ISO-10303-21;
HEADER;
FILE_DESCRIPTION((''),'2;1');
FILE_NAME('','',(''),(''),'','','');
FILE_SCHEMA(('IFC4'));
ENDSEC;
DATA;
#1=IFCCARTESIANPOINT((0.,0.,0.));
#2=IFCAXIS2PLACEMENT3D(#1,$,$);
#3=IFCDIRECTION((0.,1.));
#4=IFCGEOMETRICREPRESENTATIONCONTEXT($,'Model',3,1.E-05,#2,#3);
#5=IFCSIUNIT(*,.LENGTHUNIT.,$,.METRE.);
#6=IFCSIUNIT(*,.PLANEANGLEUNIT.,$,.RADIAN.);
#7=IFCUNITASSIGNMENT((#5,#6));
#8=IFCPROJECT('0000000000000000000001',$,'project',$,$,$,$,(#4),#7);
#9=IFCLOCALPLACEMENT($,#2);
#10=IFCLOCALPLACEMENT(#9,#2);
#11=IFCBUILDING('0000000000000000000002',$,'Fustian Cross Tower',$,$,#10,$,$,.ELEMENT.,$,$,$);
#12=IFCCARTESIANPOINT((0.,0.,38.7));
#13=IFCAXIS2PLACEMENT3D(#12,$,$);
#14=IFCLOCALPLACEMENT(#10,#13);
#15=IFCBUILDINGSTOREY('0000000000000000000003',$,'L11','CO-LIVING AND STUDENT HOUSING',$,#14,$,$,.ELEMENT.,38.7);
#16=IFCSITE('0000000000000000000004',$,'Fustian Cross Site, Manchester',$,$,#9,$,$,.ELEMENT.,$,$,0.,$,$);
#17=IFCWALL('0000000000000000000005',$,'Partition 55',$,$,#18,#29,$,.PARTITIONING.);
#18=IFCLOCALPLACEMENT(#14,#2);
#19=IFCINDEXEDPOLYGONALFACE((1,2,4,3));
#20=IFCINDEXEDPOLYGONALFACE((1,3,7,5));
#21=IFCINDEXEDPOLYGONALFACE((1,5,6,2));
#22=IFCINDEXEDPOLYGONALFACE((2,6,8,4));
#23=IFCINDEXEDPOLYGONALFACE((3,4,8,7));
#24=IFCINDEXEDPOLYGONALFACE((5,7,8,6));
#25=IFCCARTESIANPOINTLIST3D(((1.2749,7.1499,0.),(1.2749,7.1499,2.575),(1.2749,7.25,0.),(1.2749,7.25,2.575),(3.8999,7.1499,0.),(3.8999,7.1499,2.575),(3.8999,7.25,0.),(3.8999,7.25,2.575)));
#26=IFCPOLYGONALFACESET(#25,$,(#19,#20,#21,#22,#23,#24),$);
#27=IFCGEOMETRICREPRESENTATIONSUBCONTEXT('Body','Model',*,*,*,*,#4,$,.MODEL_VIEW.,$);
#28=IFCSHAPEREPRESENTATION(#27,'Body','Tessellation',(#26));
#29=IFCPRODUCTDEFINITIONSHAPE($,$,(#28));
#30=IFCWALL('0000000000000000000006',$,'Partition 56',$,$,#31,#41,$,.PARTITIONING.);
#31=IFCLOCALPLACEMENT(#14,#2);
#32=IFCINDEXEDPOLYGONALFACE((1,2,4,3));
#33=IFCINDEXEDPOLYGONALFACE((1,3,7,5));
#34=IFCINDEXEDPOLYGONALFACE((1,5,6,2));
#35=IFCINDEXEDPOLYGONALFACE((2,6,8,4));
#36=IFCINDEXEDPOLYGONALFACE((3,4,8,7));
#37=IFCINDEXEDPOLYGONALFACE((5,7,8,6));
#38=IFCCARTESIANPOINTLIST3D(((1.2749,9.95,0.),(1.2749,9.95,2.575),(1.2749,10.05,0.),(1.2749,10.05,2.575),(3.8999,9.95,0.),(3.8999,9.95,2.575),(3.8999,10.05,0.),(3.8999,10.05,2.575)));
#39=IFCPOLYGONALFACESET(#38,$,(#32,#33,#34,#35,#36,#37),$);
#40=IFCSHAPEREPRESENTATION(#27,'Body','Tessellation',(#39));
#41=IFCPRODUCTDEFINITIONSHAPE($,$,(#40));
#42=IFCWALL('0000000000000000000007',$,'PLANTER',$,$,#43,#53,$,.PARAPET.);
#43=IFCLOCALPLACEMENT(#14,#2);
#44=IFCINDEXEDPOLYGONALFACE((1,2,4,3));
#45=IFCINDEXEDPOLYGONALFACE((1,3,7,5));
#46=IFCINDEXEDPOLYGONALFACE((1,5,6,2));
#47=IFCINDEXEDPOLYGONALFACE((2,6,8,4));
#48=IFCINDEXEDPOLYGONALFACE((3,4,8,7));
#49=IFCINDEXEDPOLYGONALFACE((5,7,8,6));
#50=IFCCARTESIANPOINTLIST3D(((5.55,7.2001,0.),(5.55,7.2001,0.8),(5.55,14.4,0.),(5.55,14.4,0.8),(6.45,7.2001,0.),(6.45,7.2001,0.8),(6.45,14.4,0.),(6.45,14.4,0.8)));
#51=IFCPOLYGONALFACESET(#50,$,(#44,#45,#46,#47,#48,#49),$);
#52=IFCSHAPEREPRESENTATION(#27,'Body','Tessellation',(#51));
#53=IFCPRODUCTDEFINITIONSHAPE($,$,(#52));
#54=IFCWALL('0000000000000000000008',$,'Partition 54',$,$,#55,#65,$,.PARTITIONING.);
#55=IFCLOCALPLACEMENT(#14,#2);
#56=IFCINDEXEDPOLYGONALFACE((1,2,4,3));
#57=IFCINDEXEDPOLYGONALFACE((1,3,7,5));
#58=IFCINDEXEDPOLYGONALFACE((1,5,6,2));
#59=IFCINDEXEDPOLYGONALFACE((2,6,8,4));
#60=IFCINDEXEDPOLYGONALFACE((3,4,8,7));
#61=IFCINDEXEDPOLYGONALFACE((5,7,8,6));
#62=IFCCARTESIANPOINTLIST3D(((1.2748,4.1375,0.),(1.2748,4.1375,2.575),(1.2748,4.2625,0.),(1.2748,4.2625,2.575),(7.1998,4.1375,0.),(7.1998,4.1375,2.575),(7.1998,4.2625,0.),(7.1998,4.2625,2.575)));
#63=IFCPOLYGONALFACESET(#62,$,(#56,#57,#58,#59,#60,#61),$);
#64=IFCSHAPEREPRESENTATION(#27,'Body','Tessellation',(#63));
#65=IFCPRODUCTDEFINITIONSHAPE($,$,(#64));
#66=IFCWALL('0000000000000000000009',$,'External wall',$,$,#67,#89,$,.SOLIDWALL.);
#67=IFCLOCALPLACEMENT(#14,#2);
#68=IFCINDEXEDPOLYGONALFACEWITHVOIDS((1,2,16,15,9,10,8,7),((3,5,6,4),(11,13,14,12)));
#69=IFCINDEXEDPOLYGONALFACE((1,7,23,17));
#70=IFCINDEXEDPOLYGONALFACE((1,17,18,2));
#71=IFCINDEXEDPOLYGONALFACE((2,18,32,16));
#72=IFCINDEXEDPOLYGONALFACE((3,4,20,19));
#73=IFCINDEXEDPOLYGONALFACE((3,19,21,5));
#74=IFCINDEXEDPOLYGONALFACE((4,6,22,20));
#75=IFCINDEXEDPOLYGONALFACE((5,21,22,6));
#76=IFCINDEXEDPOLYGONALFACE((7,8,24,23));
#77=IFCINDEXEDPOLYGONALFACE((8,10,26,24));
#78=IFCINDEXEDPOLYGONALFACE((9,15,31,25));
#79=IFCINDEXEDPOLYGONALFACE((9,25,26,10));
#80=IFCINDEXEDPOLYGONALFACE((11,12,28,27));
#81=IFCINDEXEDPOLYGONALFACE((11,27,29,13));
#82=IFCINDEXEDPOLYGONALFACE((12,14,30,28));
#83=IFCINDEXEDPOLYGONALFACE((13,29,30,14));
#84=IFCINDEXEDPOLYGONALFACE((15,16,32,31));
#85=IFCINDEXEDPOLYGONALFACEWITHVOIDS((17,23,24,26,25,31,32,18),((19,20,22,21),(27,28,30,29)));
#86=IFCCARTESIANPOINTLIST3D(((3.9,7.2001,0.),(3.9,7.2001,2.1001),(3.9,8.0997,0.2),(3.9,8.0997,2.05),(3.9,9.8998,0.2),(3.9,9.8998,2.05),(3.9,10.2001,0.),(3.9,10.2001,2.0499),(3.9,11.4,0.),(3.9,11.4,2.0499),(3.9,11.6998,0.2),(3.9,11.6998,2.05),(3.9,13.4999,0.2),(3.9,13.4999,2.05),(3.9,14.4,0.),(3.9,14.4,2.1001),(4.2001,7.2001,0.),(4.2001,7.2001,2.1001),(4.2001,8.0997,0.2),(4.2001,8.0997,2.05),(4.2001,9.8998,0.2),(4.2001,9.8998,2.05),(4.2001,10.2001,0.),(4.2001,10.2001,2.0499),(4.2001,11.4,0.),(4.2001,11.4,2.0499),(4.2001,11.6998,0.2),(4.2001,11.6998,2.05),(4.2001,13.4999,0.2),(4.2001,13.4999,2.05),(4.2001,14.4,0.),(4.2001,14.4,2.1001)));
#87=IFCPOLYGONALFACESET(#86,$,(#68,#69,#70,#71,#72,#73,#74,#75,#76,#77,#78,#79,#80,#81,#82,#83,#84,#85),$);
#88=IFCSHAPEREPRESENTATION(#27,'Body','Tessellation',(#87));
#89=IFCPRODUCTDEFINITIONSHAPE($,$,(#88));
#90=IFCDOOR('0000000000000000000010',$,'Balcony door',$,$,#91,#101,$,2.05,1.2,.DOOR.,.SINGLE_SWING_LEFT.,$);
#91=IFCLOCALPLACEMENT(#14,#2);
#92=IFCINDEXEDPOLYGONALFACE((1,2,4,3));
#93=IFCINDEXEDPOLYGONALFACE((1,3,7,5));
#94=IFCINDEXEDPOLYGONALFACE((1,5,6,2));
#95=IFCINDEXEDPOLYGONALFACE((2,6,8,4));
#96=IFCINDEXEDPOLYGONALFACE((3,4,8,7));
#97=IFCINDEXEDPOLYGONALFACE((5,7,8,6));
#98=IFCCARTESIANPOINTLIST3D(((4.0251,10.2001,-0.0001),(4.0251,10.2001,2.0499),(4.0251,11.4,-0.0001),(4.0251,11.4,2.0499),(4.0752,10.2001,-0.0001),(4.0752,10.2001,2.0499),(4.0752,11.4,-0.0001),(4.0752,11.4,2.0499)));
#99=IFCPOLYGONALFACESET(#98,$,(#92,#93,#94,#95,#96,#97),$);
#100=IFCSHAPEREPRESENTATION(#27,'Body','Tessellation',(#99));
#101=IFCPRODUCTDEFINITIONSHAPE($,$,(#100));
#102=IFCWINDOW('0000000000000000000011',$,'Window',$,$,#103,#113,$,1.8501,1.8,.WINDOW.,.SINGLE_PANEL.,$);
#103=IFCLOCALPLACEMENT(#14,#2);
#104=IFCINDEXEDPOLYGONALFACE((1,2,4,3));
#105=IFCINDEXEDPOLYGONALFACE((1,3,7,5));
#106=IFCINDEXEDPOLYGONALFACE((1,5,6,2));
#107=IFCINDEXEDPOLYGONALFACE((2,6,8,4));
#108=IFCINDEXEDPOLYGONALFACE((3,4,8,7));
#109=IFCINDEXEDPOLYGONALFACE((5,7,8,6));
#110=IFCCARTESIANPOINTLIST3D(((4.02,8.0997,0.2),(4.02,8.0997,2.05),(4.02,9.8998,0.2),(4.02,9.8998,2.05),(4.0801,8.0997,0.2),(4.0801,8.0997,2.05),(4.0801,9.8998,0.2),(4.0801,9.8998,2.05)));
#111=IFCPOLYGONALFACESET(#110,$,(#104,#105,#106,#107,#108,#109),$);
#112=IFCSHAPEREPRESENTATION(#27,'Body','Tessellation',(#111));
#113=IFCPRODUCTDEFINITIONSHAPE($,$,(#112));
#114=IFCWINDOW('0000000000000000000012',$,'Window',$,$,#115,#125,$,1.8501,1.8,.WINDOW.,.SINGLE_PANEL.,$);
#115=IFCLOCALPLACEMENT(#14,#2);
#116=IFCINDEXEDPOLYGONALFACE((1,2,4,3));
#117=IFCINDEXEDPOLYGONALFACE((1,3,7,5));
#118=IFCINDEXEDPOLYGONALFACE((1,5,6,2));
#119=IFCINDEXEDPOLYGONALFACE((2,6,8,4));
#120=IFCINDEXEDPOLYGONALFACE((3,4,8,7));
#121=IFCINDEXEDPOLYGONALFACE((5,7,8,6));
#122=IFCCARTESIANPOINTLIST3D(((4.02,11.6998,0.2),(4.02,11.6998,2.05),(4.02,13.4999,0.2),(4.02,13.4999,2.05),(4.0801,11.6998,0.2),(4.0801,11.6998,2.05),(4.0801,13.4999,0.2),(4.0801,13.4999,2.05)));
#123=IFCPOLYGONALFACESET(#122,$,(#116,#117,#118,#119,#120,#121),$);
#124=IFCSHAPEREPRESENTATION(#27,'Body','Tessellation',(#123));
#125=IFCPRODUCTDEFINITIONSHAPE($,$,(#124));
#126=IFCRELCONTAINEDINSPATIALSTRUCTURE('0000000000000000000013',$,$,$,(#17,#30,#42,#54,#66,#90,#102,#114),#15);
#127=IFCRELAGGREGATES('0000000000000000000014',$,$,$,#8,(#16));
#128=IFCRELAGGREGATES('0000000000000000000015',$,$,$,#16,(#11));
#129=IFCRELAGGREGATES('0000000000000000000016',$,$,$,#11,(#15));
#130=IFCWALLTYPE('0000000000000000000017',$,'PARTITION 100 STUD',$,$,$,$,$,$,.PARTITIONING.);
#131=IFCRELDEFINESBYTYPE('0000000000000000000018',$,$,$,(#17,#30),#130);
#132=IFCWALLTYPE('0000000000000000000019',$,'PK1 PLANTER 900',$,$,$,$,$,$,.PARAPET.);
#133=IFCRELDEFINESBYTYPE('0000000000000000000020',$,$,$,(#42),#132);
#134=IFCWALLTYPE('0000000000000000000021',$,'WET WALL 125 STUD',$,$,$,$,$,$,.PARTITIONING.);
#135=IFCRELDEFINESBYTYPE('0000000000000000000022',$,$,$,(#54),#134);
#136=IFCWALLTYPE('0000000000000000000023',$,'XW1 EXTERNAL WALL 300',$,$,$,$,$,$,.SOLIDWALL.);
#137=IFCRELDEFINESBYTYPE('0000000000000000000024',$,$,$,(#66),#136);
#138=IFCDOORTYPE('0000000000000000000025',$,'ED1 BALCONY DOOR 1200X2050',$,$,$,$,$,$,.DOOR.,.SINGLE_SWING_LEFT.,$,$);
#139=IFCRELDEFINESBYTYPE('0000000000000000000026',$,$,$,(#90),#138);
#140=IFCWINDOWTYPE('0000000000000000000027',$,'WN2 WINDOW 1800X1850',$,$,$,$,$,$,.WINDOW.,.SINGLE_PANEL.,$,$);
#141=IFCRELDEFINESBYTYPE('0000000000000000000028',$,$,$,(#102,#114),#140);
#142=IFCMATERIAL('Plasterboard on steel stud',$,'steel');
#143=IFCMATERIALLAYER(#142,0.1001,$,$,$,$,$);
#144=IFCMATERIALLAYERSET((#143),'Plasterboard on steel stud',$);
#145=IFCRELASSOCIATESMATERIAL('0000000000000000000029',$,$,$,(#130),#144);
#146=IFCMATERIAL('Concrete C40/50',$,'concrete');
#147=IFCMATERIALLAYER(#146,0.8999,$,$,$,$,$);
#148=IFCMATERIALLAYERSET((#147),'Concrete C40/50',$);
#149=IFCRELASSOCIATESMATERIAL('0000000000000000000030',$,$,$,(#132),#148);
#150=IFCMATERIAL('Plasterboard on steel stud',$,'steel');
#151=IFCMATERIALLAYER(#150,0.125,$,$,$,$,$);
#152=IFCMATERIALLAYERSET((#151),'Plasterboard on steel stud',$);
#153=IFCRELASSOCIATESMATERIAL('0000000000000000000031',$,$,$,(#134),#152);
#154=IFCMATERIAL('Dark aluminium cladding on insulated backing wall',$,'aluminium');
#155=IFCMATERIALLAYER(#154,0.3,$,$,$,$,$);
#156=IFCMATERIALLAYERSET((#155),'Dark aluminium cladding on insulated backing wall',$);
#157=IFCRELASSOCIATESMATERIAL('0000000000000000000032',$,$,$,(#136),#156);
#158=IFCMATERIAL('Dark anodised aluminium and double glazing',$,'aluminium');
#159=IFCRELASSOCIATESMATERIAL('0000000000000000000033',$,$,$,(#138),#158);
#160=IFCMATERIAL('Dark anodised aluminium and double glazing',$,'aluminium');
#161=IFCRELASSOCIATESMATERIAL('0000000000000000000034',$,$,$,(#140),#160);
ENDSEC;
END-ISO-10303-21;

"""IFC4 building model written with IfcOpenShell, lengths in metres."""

from ifc_helpers import new_model, si_unit, direction, frame, frame_2d, origin, place, context, subcontext, project, spatial, rectangle, extrude, material, layer, layer_set, type_object, element, fill, save


model = new_model("IFC4")

# Units and contexts
model_context = context("Model", 3, precision=1e-05, world=origin(), true_north=direction((0.0, 1.0)))
body_context = subcontext(model_context, "Body", "Model", "MODEL_VIEW")
ifc_project = project(units=[si_unit("LENGTHUNIT", "METRE"), si_unit("PLANEANGLEUNIT", "RADIAN")], contexts=[model_context])

# Site, building, storey
site_placement = place(None, origin())
site = spatial("IfcSite", under=ifc_project, at=site_placement, Name="Fustian Cross Site, Manchester", CompositionType="ELEMENT", RefElevation=0.0)
building_placement = place(site_placement, origin())
building = spatial("IfcBuilding", under=site, at=building_placement, Name="Fustian Cross Tower", CompositionType="ELEMENT")
storey_placement = place(building_placement, frame((0.0, 0.0, 38.7)))
storey = spatial("IfcBuildingStorey", under=building, at=storey_placement, Name="L11", Description="CO-LIVING AND STUDENT HOUSING", CompositionType="ELEMENT", Elevation=38.7)

# Walls
ifc_material_1 = material(Name="Plasterboard on steel stud", Category="steel")
ifc_layer_1 = layer(ifc_material_1, 0.1001)
ifc_layer_set_1 = layer_set([ifc_layer_1], Name="Plasterboard on steel stud")
wall_type_1 = type_object("IfcWallType", Name="PARTITION 100 STUD", PredefinedType="PARTITIONING", material=ifc_layer_set_1)
for number, where, z_axis, x_axis, name in (
    (1, (1.2749, 7.2, 0.0), (0.0, 0.0, 1.0), (1.0, 0.0, 0.0), "Partition 55"),
    (2, (1.2749, 10.0, 0.0), (0.0, 0.0, 1.0), (1.0, 0.0, 0.0), "Partition 56"),
):
    element("IfcWall", number, at=place(storey_placement, frame(where, z_axis=z_axis, x_axis=x_axis)), inside=storey, type_object=wall_type_1, Name=name, PredefinedType="PARTITIONING", context=body_context, shape_type="SweptSolid", body=[
        extrude(rectangle(XDim=2.625, YDim=0.1001, at=frame_2d((1.3125, 0.0))), origin(), (0.0, 0.0, 1.0), 2.575),
    ])
ifc_material_2 = material(Name="Concrete C40/50", Category="concrete")
ifc_layer_2 = layer(ifc_material_2, 0.8999)
ifc_layer_set_2 = layer_set([ifc_layer_2], Name="Concrete C40/50")
wall_type_2 = type_object("IfcWallType", Name="PK1 PLANTER 900", PredefinedType="PARAPET", material=ifc_layer_set_2)
wall_1_placement = place(storey_placement, frame((6.0, 7.2, 0.0), z_axis=(0.0, 0.0, 1.0), x_axis=(0.0, 1.0, 0.0)))
element("IfcWall", 3, at=wall_1_placement, inside=storey, type_object=wall_type_2, Name="PLANTER", PredefinedType="PARAPET", context=body_context, shape_type="SweptSolid", body=[
    extrude(rectangle(XDim=7.2, YDim=0.8999, at=frame_2d((3.6001, 0.0))), origin(), (0.0, 0.0, 1.0), 0.8),
])
ifc_material_3 = material(Name="Plasterboard on steel stud", Category="steel")
ifc_layer_3 = layer(ifc_material_3, 0.125)
ifc_layer_set_3 = layer_set([ifc_layer_3], Name="Plasterboard on steel stud")
wall_type_3 = type_object("IfcWallType", Name="WET WALL 125 STUD", PredefinedType="PARTITIONING", material=ifc_layer_set_3)
wall_2_placement = place(storey_placement, frame((1.2749, 4.2, 0.0), z_axis=(0.0, 0.0, 1.0), x_axis=(1.0, 0.0, 0.0)))
element("IfcWall", 4, at=wall_2_placement, inside=storey, type_object=wall_type_3, Name="Partition 54", PredefinedType="PARTITIONING", context=body_context, shape_type="SweptSolid", body=[
    extrude(rectangle(XDim=5.925, YDim=0.125, at=frame_2d((2.9624, 0.0))), origin(), (0.0, 0.0, 1.0), 2.575),
])

# Wall, openings, door, windows
ifc_material_4 = material(Name="Dark aluminium cladding on insulated backing wall", Category="aluminium")
ifc_layer_4 = layer(ifc_material_4, 0.3)
ifc_layer_set_4 = layer_set([ifc_layer_4], Name="Dark aluminium cladding on insulated backing wall")
wall_type_4 = type_object("IfcWallType", Name="XW1 EXTERNAL WALL 300", PredefinedType="SOLIDWALL", material=ifc_layer_set_4)
wall_3_placement = place(storey_placement, frame((4.05, 7.2, 0.0), z_axis=(0.0, 0.0, 1.0), x_axis=(0.0, 1.0, 0.0)))
wall_3 = element("IfcWall", 5, at=wall_3_placement, inside=storey, type_object=wall_type_4, Name="External wall", PredefinedType="SOLIDWALL", context=body_context, shape_type="SweptSolid", body=[
    extrude(rectangle(XDim=7.2, YDim=0.3, at=frame_2d((3.6001, 0.0))), origin(), (0.0, 0.0, 1.0), 2.1001),
])
opening_1_placement = place(wall_3_placement, frame((3.0, 0.0, 0.0)))
opening_1 = element("IfcOpeningElement", 6, at=opening_1_placement, cuts=wall_3, PredefinedType="OPENING", context=body_context, shape_type="SweptSolid", body=[
    extrude(rectangle(XDim=1.2, YDim=2.05, at=frame_2d((0.6001, 1.0249))), frame((0.0, 0.1599, 0.0), z_axis=(0.0, -1.0, 0.0), x_axis=(1.0, 0.0, 0.0)), (0.0, 0.0, 1.0), 0.3201),
])
opening_2_placement = place(wall_3_placement, frame((0.8999, 0.0, 0.2)))
opening_2 = element("IfcOpeningElement", 7, at=opening_2_placement, cuts=wall_3, PredefinedType="OPENING", context=body_context, shape_type="SweptSolid", body=[
    extrude(rectangle(XDim=1.8, YDim=1.8501, at=frame_2d((0.8999, 0.925))), frame((0.0, 0.1599, 0.0), z_axis=(0.0, -1.0, 0.0), x_axis=(1.0, 0.0, 0.0)), (0.0, 0.0, 1.0), 0.3201),
])
opening_3_placement = place(wall_3_placement, frame((4.5, 0.0, 0.2)))
opening_3 = element("IfcOpeningElement", 8, at=opening_3_placement, cuts=wall_3, PredefinedType="OPENING", context=body_context, shape_type="SweptSolid", body=[
    extrude(rectangle(XDim=1.8, YDim=1.8501, at=frame_2d((0.8999, 0.925))), frame((0.0, 0.1599, 0.0), z_axis=(0.0, -1.0, 0.0), x_axis=(1.0, 0.0, 0.0)), (0.0, 0.0, 1.0), 0.3201),
])
ifc_material_5 = material(Name="Dark anodised aluminium and double glazing", Category="aluminium")
door_type_1 = type_object("IfcDoorType", Name="ED1 BALCONY DOOR 1200X2050", OperationType="SINGLE_SWING_LEFT", PredefinedType="DOOR", material=ifc_material_5)
door_1_placement = place(opening_1_placement, origin())
door_1 = element("IfcDoor", 9, at=door_1_placement, inside=storey, type_object=door_type_1, Name="Balcony door", OperationType="SINGLE_SWING_LEFT", OverallHeight=2.05, OverallWidth=1.2, PredefinedType="DOOR", context=body_context, shape_type="SweptSolid", body=[
    extrude(rectangle(XDim=1.2, YDim=2.05, at=frame_2d((0.6001, 1.0249))), frame((0.0, 0.0249, 0.0), z_axis=(0.0, -1.0, 0.0), x_axis=(1.0, 0.0, 0.0)), (0.0, 0.0, 1.0), 0.05),
])
fill(opening_1, door_1)
ifc_material_6 = material(Name="Dark anodised aluminium and double glazing", Category="aluminium")
window_type = type_object("IfcWindowType", Name="WN2 WINDOW 1800X1850", PartitioningType="SINGLE_PANEL", PredefinedType="WINDOW", material=ifc_material_6)
window_1_placement = place(opening_2_placement, origin())
window_1 = element("IfcWindow", 10, at=window_1_placement, inside=storey, type_object=window_type, Name="Window", OverallHeight=1.8501, OverallWidth=1.8, PartitioningType="SINGLE_PANEL", PredefinedType="WINDOW", context=body_context, shape_type="SweptSolid", body=[
    extrude(rectangle(XDim=1.8, YDim=1.8501, at=frame_2d((0.8999, 0.925))), frame((0.0, 0.03, 0.0), z_axis=(0.0, -1.0, 0.0), x_axis=(1.0, 0.0, 0.0)), (0.0, 0.0, 1.0), 0.0601),
])
fill(opening_2, window_1)
window_2_placement = place(opening_3_placement, origin())
window_2 = element("IfcWindow", 11, at=window_2_placement, inside=storey, type_object=window_type, Name="Window", OverallHeight=1.8501, OverallWidth=1.8, PartitioningType="SINGLE_PANEL", PredefinedType="WINDOW", context=body_context, shape_type="SweptSolid", body=[
    extrude(rectangle(XDim=1.8, YDim=1.8501, at=frame_2d((0.8999, 0.925))), frame((0.0, 0.03, 0.0), z_axis=(0.0, -1.0, 0.0), x_axis=(1.0, 0.0, 0.0)), (0.0, 0.0, 1.0), 0.0601),
])
fill(opening_3, window_2)

save(model, "model.ifc")
